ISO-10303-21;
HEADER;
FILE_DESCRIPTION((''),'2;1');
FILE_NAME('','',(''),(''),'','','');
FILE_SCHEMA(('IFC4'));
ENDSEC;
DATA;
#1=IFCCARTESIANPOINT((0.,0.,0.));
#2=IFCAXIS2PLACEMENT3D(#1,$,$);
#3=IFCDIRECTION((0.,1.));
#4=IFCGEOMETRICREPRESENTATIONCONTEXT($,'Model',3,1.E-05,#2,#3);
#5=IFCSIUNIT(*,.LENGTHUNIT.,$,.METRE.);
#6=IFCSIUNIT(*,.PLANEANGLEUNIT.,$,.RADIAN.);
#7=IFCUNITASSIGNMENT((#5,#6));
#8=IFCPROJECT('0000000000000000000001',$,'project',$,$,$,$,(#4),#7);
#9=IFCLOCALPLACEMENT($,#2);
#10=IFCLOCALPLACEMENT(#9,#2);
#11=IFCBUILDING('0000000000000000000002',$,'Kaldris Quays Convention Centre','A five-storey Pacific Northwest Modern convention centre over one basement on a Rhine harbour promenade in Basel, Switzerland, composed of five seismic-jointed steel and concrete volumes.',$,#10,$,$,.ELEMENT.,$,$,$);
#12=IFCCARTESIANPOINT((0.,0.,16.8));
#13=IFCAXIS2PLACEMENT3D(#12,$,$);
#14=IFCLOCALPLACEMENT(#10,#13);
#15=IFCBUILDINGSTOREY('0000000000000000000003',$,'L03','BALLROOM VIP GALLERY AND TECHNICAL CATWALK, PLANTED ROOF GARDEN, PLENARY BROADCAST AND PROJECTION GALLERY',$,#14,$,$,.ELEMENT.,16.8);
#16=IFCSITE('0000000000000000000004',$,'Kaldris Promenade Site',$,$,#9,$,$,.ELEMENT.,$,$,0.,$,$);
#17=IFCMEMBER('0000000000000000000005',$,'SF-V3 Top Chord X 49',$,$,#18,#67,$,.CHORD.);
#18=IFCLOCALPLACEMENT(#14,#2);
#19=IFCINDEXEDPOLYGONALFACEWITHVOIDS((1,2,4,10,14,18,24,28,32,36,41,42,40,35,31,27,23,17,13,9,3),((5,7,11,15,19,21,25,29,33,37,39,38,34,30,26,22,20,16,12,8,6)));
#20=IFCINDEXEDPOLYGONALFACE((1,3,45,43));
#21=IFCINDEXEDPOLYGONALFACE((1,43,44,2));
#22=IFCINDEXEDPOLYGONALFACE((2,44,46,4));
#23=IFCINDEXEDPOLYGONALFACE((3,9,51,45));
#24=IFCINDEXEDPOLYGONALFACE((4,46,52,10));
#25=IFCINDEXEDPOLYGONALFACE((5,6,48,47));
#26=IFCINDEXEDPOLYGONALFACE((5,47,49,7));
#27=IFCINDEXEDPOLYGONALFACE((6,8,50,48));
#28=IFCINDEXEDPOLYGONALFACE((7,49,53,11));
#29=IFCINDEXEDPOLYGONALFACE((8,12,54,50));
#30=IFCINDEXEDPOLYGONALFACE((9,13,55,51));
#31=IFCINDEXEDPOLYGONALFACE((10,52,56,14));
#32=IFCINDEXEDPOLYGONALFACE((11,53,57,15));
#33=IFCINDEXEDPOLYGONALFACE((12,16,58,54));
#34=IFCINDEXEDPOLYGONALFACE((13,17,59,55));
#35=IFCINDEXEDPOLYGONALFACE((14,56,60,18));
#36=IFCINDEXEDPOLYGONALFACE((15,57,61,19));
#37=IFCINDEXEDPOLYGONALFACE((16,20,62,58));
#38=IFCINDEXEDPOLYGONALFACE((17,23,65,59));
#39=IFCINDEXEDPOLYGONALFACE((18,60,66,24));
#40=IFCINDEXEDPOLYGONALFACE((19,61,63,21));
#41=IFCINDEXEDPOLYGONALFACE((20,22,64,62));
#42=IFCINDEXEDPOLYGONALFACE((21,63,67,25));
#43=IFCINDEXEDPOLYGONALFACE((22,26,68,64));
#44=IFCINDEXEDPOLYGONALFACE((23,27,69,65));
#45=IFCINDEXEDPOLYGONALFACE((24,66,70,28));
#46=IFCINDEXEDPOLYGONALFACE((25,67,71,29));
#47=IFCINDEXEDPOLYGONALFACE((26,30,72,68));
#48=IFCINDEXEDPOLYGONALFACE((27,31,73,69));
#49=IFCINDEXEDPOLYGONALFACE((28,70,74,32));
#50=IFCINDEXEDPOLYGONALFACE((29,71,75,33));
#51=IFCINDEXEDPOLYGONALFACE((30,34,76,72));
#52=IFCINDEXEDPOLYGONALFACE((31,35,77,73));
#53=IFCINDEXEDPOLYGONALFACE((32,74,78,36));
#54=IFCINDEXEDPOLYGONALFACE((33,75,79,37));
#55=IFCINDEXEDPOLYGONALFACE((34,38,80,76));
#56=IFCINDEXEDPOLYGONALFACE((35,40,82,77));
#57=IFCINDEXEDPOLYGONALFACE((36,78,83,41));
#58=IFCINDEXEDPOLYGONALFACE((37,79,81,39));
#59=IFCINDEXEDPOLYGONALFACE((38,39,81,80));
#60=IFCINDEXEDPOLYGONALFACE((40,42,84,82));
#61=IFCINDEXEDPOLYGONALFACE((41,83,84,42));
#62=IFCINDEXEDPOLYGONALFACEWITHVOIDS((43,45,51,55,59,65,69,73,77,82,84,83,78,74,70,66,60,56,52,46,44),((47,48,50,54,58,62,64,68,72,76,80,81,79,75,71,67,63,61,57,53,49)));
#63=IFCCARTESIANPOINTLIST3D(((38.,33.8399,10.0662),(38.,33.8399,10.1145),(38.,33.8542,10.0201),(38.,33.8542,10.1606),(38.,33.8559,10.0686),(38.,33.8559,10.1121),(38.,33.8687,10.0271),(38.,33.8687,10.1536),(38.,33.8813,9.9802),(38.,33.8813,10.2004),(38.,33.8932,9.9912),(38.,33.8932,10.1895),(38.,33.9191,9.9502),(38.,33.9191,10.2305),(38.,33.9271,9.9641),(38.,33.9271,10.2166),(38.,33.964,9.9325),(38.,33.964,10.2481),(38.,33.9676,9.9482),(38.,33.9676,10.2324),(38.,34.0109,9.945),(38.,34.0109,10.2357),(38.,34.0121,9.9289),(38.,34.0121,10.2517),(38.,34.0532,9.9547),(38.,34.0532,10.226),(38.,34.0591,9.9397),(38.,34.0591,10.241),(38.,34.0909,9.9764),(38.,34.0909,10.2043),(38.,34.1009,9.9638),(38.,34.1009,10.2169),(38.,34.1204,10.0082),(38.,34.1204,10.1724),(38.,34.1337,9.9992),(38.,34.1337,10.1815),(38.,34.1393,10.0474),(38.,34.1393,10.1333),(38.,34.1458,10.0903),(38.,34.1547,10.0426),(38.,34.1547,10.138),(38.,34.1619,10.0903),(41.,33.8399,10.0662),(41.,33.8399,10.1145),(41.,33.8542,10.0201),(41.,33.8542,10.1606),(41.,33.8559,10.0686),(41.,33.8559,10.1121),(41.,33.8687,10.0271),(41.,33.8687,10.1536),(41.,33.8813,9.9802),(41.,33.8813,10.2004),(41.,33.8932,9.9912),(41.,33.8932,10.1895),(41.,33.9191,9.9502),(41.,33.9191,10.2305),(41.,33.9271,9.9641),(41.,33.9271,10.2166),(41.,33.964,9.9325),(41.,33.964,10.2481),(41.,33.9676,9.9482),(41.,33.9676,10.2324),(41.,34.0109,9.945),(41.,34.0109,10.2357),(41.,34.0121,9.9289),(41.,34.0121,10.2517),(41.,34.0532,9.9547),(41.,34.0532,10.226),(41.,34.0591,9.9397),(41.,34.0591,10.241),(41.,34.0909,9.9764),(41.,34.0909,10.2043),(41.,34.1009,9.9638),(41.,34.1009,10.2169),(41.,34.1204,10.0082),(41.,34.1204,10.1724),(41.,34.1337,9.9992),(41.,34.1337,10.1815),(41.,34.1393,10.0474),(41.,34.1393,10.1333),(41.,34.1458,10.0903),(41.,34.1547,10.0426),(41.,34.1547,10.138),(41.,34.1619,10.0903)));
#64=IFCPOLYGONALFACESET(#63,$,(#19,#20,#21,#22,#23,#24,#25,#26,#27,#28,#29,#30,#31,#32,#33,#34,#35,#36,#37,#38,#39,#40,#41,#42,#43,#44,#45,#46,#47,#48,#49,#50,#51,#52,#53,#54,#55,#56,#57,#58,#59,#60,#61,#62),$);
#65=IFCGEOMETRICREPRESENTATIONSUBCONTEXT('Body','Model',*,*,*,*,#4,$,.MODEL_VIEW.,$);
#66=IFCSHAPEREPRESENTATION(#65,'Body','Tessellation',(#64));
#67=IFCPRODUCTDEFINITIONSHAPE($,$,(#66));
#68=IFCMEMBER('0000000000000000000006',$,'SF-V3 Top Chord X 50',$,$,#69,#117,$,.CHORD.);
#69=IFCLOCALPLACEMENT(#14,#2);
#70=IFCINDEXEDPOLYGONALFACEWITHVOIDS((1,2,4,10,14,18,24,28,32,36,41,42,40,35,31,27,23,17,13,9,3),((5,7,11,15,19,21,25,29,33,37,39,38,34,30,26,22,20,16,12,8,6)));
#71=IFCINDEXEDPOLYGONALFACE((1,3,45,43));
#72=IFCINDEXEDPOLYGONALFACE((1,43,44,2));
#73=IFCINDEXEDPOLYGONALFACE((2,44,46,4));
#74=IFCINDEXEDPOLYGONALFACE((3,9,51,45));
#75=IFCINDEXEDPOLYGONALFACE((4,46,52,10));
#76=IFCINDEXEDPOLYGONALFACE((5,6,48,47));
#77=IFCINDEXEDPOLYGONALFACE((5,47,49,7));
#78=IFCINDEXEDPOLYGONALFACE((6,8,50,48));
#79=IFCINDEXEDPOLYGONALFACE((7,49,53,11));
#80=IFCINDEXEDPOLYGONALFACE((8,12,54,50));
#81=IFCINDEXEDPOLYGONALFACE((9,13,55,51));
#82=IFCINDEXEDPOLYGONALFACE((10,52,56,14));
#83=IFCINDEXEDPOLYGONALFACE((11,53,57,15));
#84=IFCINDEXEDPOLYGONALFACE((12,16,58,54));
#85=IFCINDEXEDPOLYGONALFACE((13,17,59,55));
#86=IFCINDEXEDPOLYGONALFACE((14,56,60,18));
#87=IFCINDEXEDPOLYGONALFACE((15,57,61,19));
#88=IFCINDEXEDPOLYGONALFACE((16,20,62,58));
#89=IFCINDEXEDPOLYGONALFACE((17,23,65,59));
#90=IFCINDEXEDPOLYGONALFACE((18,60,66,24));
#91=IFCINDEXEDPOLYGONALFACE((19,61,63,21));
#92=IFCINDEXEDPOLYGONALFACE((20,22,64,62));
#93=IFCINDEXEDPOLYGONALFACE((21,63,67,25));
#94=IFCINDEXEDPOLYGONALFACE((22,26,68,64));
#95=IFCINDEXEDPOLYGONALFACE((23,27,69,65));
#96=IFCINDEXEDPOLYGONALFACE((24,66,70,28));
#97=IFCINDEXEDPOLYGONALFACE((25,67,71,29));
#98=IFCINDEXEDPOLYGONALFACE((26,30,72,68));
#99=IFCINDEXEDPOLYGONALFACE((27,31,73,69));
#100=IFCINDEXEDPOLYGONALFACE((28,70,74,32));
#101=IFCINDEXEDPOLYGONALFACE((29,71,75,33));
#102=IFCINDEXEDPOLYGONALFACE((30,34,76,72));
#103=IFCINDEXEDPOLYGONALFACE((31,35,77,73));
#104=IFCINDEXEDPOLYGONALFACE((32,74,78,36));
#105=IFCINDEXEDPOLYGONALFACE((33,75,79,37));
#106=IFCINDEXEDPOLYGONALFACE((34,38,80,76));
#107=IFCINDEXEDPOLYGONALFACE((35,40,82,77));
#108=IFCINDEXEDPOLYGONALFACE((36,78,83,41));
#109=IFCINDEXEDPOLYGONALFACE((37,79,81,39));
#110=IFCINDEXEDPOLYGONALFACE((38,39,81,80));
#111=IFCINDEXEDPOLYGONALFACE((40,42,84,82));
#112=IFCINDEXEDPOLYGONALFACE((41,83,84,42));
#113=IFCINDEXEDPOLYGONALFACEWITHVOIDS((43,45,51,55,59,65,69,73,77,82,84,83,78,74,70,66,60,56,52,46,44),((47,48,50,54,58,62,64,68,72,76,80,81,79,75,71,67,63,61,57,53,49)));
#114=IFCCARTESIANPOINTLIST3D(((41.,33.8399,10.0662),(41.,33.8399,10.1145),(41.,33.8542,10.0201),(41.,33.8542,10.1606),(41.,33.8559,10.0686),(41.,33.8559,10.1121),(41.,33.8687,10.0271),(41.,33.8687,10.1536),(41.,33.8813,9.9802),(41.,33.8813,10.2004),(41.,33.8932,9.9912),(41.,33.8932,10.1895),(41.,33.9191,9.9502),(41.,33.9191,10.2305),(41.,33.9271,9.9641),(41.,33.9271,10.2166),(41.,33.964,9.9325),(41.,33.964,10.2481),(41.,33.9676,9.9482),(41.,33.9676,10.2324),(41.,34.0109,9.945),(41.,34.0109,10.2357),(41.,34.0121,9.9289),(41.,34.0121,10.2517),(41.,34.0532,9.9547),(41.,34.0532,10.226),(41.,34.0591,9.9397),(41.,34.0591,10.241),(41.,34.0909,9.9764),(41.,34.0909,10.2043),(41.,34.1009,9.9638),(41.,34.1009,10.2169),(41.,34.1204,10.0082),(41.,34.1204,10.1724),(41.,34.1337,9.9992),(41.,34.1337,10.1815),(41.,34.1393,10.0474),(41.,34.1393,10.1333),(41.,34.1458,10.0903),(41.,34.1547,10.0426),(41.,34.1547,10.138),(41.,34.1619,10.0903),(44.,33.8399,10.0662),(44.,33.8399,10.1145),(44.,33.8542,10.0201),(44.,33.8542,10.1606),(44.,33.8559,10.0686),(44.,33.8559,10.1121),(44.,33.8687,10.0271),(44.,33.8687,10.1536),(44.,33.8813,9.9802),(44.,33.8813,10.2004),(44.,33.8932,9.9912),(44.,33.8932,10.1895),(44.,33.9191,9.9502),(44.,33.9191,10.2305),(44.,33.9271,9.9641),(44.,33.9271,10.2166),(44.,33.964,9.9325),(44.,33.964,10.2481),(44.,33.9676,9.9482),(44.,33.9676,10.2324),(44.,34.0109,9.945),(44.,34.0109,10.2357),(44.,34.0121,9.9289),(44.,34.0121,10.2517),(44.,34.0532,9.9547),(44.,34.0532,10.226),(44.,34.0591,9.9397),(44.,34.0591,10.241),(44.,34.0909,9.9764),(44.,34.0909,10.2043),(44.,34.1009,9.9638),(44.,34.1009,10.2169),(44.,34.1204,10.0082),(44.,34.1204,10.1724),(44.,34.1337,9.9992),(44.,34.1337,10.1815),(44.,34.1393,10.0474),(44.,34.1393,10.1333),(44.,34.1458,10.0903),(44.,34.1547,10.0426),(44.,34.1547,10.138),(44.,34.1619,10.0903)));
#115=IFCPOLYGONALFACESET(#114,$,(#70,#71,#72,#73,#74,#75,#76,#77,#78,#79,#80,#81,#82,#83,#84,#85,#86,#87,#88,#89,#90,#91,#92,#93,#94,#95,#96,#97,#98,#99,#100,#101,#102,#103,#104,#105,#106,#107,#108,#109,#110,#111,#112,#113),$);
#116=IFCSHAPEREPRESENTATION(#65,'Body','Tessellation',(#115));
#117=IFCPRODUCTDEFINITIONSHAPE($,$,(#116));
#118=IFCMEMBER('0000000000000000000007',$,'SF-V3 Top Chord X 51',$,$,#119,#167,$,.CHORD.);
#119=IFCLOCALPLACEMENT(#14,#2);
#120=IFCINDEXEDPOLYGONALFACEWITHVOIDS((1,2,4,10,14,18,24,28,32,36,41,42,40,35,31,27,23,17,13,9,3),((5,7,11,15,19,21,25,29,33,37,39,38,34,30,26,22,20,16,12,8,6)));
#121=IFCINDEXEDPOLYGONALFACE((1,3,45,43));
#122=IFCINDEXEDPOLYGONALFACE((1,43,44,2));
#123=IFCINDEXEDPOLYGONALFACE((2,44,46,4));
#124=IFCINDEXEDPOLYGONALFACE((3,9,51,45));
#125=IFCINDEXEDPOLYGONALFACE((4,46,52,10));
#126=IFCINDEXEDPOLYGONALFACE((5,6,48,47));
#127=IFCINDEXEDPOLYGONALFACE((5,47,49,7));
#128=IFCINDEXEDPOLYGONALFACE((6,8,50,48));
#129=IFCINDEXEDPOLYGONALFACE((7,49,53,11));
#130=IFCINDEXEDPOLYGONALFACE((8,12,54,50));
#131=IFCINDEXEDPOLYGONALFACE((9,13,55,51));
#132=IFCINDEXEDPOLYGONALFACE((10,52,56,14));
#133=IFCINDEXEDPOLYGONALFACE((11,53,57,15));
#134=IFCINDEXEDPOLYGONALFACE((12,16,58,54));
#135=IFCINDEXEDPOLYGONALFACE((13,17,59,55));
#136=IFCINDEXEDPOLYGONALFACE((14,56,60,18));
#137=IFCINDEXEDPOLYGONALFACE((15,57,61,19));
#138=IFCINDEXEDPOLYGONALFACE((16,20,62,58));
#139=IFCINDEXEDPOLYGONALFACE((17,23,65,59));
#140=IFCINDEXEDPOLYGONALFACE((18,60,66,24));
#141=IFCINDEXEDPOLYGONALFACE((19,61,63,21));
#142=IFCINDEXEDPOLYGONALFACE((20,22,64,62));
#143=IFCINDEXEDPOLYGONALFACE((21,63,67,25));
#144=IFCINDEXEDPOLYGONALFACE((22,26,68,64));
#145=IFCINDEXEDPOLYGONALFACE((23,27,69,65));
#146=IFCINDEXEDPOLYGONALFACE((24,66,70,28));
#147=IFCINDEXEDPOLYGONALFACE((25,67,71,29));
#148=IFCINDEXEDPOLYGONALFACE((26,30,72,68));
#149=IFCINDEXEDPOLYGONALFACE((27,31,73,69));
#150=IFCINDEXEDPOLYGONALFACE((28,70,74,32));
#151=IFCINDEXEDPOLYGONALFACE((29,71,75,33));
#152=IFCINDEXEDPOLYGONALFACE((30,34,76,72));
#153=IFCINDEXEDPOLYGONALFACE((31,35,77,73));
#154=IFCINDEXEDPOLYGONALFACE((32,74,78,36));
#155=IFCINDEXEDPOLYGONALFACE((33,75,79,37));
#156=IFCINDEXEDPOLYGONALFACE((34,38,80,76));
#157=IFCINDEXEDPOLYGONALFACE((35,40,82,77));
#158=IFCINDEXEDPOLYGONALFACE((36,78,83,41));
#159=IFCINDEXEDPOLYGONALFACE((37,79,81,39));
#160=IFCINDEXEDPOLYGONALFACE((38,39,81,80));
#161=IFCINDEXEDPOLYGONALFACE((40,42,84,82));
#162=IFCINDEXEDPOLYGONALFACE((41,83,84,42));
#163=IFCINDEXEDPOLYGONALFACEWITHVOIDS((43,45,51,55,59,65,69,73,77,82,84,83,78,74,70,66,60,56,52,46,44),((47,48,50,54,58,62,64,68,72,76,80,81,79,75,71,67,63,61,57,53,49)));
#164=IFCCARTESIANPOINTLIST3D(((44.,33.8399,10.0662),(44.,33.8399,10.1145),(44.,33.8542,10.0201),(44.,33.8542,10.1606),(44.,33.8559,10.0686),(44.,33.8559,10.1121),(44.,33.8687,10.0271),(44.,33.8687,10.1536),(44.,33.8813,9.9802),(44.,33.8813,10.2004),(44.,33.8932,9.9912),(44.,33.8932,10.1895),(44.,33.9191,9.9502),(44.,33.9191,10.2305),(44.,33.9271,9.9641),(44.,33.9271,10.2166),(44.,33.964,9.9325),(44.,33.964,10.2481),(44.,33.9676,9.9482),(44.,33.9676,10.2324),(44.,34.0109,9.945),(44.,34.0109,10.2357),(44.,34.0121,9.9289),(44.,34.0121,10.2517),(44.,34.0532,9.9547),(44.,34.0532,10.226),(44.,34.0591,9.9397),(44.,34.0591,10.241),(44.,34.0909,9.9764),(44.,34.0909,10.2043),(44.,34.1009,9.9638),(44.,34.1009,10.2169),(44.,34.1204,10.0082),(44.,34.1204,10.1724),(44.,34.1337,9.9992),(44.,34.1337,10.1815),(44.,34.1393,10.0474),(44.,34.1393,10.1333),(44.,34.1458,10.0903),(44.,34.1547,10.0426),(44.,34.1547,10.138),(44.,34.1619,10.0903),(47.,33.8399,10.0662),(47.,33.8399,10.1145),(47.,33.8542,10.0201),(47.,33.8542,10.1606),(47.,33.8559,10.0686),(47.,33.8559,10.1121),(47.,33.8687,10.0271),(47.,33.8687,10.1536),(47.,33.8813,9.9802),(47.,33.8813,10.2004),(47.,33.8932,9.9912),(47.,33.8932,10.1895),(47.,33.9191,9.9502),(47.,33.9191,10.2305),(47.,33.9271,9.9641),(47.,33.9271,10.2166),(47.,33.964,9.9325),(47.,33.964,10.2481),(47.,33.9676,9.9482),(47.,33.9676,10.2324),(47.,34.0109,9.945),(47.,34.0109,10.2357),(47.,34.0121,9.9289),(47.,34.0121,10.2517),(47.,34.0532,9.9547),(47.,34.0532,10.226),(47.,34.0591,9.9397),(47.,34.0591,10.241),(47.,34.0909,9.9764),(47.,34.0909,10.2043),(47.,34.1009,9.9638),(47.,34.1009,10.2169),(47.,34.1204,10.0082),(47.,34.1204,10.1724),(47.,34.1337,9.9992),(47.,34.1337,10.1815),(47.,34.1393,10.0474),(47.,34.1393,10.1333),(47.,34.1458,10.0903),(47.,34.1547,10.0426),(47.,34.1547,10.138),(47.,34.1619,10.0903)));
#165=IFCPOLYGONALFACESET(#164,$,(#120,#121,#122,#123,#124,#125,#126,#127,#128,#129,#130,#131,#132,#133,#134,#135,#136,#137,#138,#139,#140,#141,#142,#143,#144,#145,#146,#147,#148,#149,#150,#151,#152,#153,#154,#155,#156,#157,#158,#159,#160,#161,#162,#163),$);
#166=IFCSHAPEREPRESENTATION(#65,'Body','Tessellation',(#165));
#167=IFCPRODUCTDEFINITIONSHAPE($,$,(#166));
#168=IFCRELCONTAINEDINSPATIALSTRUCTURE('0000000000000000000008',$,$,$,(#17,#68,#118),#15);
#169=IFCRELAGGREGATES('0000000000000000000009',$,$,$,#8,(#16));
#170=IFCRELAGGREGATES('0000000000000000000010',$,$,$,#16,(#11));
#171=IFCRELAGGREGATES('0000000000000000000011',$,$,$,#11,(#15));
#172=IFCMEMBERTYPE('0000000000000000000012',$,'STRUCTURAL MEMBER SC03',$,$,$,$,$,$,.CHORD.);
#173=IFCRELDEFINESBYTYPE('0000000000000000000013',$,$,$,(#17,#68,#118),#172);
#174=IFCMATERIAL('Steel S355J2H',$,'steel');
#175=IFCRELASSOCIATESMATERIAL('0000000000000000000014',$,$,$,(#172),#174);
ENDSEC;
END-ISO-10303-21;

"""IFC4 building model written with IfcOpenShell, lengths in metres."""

from ifc_helpers import new_model, si_unit, direction, frame, origin, origin_2d, place, context, subcontext, project, spatial, hollow_circle, extrude, material, material_profile, profile_set, type_object, element, save


model = new_model("IFC4")

# Units and contexts
model_context = context("Model", 3, precision=1e-05, world=origin(), true_north=direction((0.0, 1.0)))
body_context = subcontext(model_context, "Body", "Model", "MODEL_VIEW")
ifc_project = project(units=[si_unit("LENGTHUNIT", "METRE"), si_unit("PLANEANGLEUNIT", "RADIAN")], contexts=[model_context])

# Site, building, storey
site_placement = place(None, origin())
site = spatial("IfcSite", under=ifc_project, at=site_placement, Name="Kaldris Promenade Site", CompositionType="ELEMENT", RefElevation=0.0)
building_placement = place(site_placement, origin())
building = spatial("IfcBuilding", under=site, at=building_placement, Name="Kaldris Quays Convention Centre", Description="A five-storey Pacific Northwest Modern convention centre over one basement on a Rhine harbour promenade in Basel, Switzerland, composed of five seismic-jointed steel and concrete volumes.", CompositionType="ELEMENT")
storey_placement = place(building_placement, frame((0.0, 0.0, 16.8)))
storey = spatial("IfcBuildingStorey", under=building, at=storey_placement, Name="L03", Description="BALLROOM VIP GALLERY AND TECHNICAL CATWALK, PLANTED ROOF GARDEN, PLENARY BROADCAST AND PROJECTION GALLERY", CompositionType="ELEMENT", Elevation=16.8)

# Members
ifc_material_1 = material(Name="Steel S355J2H", Category="steel")
ifc_material_profile_1 = material_profile(ifc_material_1, hollow_circle(Radius=0.1619, WallThickness=0.0161, at=origin_2d()), Name="CHS 323.9x16")
ifc_profile_set_1 = profile_set([ifc_material_profile_1], Name="Steel S355J2H")
member_type_1 = type_object("IfcMemberType", Name="STRUCTURAL MEMBER SC03", PredefinedType="CHORD", material=ifc_profile_set_1)
for number, where, z_axis, x_axis, name in (
    (1, (38.0, 34.0, 10.0903), (1.0, 0.0, 0.0), (0.0, 1.0, 0.0), "SF-V3 Top Chord X 49"),
    (2, (41.0, 34.0, 10.0903), (1.0, 0.0, 0.0), (0.0, 1.0, 0.0), "SF-V3 Top Chord X 50"),
    (3, (44.0, 34.0, 10.0903), (1.0, 0.0, 0.0), (0.0, 1.0, 0.0), "SF-V3 Top Chord X 51"),
):
    element("IfcMember", number, at=place(storey_placement, frame(where, z_axis=z_axis, x_axis=x_axis)), inside=storey, type_object=member_type_1, Name=name, PredefinedType="CHORD", context=body_context, shape_type="SweptSolid", body=[
        extrude(hollow_circle(Radius=0.1619, WallThickness=0.0161, at=origin_2d()), origin(), (0.0, 0.0, 1.0), 3.0),
    ])

save(model, "model.ifc")
